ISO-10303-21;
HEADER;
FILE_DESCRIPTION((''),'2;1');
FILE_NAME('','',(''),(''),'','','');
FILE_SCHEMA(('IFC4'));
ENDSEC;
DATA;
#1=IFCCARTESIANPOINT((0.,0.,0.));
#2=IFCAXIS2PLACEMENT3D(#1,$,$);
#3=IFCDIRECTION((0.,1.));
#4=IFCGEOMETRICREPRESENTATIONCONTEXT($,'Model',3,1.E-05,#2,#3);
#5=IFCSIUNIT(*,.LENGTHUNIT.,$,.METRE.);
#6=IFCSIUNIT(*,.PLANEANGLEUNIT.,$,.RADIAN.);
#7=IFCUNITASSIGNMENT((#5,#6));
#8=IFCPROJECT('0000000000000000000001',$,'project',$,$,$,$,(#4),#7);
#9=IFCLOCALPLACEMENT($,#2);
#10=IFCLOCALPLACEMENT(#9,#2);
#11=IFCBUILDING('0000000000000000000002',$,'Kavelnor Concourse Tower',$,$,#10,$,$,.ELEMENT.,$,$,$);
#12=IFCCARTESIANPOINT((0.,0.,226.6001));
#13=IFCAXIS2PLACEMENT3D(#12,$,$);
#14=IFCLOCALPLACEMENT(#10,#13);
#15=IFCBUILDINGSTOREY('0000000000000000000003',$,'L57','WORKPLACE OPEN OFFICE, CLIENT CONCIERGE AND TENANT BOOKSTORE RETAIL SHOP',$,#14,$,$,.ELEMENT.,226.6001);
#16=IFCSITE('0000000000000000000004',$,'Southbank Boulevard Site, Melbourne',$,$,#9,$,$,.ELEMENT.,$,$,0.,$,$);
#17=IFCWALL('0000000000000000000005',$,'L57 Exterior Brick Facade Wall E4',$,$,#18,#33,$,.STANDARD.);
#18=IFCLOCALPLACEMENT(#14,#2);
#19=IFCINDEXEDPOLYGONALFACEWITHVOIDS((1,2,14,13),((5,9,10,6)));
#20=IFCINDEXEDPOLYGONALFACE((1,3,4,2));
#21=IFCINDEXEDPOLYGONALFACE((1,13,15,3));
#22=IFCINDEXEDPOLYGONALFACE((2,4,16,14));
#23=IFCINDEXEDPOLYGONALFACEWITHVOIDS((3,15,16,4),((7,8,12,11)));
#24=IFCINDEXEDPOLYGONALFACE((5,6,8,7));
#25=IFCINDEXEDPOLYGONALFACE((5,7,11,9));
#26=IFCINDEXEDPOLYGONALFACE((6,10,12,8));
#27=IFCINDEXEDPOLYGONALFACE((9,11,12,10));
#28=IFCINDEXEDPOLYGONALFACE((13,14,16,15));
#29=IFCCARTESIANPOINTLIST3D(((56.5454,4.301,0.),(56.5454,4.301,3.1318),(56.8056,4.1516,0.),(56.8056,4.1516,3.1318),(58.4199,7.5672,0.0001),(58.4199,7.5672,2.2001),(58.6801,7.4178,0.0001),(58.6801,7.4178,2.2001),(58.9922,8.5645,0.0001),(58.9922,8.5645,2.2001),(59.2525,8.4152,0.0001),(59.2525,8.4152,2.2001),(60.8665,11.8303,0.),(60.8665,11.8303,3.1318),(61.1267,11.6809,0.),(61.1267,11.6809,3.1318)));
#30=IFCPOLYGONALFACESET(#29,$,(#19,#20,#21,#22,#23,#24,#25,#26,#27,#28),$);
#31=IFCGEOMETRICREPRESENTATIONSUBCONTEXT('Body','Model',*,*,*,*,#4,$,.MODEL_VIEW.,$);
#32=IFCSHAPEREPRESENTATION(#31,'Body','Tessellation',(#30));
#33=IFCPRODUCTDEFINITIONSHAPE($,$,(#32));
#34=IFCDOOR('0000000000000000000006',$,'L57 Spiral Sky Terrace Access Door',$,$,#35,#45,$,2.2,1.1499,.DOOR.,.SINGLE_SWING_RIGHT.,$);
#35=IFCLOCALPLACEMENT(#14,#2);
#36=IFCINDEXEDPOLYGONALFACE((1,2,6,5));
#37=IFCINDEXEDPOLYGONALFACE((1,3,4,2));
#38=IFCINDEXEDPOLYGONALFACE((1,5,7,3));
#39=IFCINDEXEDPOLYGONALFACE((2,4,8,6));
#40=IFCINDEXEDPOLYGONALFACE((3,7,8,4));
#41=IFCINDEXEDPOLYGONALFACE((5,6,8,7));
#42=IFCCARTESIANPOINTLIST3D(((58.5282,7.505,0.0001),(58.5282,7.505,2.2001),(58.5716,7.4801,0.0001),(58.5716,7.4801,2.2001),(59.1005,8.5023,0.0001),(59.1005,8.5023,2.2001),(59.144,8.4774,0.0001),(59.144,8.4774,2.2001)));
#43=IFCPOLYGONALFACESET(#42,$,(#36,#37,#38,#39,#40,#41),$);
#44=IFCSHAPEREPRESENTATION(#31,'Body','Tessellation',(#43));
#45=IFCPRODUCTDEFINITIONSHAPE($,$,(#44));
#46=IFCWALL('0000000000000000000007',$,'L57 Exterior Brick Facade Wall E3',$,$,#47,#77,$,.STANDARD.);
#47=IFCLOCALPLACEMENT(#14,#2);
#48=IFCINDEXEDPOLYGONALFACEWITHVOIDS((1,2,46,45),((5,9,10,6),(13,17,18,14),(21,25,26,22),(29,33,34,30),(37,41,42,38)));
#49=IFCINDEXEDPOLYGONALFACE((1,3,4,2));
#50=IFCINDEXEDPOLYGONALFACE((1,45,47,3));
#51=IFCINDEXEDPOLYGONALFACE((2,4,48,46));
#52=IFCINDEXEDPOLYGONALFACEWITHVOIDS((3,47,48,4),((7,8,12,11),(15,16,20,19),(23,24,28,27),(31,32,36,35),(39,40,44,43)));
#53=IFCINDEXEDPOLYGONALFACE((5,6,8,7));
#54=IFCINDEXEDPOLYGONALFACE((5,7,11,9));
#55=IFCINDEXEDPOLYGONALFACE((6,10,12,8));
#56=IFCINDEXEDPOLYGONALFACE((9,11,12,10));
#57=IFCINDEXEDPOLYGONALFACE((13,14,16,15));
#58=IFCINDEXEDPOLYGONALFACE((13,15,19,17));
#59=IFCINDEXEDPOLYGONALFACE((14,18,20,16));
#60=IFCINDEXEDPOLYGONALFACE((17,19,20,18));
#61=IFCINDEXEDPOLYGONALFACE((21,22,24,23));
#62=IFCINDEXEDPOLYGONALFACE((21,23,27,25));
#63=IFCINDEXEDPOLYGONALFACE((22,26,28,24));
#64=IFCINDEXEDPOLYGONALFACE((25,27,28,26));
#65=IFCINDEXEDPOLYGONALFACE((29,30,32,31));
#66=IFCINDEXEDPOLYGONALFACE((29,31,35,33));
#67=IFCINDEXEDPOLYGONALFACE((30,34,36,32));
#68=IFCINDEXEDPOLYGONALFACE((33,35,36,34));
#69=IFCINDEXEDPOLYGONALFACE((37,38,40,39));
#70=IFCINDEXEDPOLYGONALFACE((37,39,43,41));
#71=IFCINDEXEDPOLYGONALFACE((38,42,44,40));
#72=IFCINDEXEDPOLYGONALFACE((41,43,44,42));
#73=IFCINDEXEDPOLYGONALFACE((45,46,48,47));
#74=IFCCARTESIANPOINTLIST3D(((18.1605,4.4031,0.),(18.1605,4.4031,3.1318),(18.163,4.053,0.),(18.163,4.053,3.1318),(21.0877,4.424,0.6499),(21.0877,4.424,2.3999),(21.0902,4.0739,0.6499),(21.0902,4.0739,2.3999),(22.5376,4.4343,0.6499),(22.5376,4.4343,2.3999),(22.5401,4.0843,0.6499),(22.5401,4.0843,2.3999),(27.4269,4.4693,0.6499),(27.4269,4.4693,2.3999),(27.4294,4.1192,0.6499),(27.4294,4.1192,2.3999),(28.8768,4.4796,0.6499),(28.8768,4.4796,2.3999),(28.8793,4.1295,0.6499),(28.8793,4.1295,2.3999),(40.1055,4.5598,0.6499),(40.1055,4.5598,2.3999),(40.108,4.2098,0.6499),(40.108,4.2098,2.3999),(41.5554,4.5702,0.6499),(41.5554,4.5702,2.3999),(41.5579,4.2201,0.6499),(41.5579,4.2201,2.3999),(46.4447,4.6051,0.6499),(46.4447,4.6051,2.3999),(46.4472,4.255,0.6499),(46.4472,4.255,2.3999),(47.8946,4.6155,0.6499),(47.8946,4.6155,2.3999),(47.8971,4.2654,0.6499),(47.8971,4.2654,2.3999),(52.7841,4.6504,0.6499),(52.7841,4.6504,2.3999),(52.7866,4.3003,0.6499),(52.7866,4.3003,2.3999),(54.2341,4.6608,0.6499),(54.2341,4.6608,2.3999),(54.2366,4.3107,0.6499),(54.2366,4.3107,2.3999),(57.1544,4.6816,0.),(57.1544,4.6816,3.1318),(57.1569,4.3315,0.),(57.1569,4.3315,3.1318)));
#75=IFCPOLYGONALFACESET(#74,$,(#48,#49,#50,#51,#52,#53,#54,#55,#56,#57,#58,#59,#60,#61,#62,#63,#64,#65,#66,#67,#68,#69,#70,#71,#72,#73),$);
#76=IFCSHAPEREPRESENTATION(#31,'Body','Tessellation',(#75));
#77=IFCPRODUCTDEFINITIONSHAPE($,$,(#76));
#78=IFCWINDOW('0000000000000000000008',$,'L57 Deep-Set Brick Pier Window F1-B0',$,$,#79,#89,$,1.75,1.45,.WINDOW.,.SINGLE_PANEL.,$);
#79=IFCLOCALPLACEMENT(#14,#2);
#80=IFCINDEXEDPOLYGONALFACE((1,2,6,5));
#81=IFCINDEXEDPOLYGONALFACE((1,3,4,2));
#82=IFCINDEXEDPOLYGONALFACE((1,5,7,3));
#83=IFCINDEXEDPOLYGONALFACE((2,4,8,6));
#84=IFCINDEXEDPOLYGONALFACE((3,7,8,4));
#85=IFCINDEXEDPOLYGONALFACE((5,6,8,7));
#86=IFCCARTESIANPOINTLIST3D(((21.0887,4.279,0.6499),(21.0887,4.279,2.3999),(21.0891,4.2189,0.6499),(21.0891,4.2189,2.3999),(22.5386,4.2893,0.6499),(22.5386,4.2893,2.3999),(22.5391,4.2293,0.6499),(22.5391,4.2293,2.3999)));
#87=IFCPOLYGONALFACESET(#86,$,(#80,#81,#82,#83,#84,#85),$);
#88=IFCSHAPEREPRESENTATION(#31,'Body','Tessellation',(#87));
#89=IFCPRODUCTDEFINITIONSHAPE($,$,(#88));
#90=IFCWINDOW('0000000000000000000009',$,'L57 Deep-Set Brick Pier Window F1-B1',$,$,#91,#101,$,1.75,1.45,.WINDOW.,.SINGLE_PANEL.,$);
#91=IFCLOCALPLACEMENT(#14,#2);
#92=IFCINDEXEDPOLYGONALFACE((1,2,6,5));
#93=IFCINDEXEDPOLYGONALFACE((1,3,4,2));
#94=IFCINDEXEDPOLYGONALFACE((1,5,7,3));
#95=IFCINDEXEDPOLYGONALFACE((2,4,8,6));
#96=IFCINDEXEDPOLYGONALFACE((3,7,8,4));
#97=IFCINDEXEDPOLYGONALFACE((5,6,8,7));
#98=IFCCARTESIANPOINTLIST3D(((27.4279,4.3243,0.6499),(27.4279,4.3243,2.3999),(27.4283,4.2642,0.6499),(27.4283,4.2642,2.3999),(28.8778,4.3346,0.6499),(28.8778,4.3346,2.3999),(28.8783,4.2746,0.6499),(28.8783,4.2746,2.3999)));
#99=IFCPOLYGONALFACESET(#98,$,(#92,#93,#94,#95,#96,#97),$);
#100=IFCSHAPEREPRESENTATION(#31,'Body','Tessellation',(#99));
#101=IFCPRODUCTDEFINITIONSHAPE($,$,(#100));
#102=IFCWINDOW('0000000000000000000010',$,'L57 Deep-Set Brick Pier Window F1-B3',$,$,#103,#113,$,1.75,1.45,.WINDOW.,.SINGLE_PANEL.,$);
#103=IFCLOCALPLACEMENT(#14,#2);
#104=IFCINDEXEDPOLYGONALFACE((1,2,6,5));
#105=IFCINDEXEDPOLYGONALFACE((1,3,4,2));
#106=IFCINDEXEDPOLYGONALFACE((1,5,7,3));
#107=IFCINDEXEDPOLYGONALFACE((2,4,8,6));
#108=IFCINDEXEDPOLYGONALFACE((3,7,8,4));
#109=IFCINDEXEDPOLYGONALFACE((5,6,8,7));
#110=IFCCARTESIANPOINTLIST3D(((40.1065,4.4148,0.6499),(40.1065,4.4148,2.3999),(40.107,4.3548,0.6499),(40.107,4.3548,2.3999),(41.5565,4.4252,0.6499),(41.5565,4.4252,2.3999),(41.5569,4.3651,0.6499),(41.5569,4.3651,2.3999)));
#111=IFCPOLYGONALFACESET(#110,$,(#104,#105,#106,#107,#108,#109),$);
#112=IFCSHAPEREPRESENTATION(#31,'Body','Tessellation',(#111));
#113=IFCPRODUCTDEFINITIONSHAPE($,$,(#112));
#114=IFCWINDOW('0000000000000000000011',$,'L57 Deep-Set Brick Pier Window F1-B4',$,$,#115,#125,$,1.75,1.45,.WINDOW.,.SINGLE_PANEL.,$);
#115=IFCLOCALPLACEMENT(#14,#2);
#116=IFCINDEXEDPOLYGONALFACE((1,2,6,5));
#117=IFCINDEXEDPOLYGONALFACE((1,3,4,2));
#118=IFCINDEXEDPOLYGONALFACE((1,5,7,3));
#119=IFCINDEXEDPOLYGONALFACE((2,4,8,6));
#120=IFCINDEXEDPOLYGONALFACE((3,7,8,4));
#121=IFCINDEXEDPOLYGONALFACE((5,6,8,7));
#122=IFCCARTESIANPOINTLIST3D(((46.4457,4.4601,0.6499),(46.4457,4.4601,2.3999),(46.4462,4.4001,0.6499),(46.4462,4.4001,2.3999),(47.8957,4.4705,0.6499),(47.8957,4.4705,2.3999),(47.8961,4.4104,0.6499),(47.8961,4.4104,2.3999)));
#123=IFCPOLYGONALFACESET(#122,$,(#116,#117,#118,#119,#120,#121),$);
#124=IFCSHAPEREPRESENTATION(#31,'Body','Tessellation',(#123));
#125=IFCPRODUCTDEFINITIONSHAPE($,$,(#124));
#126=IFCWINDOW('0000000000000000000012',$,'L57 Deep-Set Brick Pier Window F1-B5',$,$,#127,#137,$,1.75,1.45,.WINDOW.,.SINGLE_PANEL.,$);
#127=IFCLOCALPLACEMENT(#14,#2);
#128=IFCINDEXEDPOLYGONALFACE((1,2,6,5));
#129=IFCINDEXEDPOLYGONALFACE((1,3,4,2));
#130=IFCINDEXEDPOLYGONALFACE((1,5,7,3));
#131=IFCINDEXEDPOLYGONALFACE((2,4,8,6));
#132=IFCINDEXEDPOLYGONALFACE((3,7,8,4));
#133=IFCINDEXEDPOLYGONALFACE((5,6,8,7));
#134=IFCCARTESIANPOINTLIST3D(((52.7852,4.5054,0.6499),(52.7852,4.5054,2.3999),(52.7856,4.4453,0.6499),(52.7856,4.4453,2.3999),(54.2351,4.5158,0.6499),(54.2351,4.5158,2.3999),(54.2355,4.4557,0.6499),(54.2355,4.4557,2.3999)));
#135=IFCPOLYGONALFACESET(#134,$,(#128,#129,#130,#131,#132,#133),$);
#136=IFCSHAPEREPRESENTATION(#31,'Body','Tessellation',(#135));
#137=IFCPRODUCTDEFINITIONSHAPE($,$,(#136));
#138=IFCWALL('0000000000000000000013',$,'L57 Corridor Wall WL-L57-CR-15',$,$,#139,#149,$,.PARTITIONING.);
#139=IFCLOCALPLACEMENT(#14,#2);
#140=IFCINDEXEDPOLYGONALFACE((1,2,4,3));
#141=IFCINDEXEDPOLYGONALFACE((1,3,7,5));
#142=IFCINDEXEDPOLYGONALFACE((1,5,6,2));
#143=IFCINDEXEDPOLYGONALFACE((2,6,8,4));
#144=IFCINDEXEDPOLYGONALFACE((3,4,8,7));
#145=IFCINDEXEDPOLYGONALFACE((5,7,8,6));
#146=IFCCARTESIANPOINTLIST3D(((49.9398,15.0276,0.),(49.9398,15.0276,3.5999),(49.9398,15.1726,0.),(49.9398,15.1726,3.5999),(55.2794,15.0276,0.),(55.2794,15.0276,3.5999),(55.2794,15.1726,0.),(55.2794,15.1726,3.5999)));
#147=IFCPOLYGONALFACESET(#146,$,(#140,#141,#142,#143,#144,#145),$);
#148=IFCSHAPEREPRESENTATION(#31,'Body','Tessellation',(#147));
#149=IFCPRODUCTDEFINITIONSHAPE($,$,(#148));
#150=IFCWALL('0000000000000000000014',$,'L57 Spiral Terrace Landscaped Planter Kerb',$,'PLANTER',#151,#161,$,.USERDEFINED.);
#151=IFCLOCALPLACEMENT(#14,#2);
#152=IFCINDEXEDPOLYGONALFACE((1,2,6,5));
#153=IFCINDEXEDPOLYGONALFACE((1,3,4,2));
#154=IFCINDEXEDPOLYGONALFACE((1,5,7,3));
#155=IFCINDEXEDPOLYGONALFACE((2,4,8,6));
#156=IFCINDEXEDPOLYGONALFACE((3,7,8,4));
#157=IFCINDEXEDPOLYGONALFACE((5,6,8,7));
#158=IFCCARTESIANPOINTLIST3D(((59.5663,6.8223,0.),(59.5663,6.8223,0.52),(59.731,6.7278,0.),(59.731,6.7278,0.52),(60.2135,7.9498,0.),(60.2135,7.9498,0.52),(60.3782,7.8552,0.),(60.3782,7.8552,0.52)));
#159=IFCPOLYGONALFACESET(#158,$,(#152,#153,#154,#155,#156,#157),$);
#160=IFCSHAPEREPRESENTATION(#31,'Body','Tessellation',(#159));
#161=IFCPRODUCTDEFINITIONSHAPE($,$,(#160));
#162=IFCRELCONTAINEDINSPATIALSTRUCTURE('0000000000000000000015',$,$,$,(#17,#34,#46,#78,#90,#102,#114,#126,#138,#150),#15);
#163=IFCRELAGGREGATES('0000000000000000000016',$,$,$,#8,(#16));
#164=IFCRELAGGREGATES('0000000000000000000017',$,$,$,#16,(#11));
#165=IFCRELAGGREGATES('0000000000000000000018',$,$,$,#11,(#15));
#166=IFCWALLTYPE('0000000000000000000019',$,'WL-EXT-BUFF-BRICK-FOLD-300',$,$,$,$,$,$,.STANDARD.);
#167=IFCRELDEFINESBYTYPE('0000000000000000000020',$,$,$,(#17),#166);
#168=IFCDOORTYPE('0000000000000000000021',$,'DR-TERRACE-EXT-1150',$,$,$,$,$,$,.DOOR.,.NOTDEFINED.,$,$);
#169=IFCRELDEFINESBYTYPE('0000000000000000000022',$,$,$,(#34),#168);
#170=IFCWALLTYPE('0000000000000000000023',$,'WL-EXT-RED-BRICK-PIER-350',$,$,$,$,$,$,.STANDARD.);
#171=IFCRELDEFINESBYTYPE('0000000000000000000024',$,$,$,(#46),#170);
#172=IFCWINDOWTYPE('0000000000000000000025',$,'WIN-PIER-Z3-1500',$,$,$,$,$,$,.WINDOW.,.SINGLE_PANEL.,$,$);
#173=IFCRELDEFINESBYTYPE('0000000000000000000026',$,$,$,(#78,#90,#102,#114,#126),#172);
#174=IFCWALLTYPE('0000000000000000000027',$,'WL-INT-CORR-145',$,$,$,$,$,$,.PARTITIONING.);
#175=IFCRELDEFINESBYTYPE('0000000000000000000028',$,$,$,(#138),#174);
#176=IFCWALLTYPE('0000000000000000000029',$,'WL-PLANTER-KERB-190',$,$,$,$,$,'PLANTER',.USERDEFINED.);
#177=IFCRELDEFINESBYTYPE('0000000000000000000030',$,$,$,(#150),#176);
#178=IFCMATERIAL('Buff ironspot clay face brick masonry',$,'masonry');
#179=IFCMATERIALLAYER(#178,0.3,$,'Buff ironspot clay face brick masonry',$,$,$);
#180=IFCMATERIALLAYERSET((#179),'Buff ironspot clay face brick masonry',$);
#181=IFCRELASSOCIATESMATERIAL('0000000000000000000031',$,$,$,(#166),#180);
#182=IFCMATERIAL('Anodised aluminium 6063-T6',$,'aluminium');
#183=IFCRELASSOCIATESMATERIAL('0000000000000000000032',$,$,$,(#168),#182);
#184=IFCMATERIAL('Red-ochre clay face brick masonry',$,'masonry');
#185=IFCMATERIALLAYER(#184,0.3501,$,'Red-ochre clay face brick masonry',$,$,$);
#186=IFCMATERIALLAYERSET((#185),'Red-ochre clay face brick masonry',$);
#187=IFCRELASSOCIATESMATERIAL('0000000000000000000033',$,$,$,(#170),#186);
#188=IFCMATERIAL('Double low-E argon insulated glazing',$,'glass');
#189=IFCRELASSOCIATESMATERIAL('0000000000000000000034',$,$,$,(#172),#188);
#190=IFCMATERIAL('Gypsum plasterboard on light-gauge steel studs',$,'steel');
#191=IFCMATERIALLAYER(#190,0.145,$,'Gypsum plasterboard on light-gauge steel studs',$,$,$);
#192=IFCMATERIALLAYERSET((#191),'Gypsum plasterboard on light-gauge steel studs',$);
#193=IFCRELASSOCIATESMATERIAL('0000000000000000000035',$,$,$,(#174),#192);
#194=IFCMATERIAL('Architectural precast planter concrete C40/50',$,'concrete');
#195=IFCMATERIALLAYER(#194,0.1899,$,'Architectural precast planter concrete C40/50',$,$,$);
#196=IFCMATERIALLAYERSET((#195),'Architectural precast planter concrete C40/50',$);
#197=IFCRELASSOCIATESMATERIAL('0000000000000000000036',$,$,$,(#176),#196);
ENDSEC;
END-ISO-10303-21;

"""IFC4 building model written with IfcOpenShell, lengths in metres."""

from ifc_helpers import new_model, si_unit, direction, frame, frame_2d, origin, place, context, subcontext, project, spatial, rectangle, extrude, material, layer, layer_set, type_object, element, fill, save


model = new_model("IFC4")

# Units and contexts
model_context = context("Model", 3, precision=1e-05, world=origin(), true_north=direction((0.0, 1.0)))
body_context = subcontext(model_context, "Body", "Model", "MODEL_VIEW")
ifc_project = project(units=[si_unit("LENGTHUNIT", "METRE"), si_unit("PLANEANGLEUNIT", "RADIAN")], contexts=[model_context])

# Site, building, storey
site_placement = place(None, origin())
site = spatial("IfcSite", under=ifc_project, at=site_placement, Name="Southbank Boulevard Site, Melbourne", CompositionType="ELEMENT", RefElevation=0.0)
building_placement = place(site_placement, origin())
building = spatial("IfcBuilding", under=site, at=building_placement, Name="Kavelnor Concourse Tower", CompositionType="ELEMENT")
storey_placement = place(building_placement, frame((0.0, 0.0, 226.6001)))
storey = spatial("IfcBuildingStorey", under=building, at=storey_placement, Name="L57", Description="WORKPLACE OPEN OFFICE, CLIENT CONCIERGE AND TENANT BOOKSTORE RETAIL SHOP", CompositionType="ELEMENT", Elevation=226.6001)

# Wall, opening, door
ifc_material_1 = material(Name="Buff ironspot clay face brick masonry", Category="masonry")
ifc_layer_1 = layer(ifc_material_1, 0.3, Name="Buff ironspot clay face brick masonry")
ifc_layer_set_1 = layer_set([ifc_layer_1], Name="Buff ironspot clay face brick masonry")
wall_type_1 = type_object("IfcWallType", Name="WL-EXT-BUFF-BRICK-FOLD-300", PredefinedType="STANDARD", material=ifc_layer_set_1)
wall_1_placement = place(storey_placement, frame((60.9966, 11.7556, 0.0), z_axis=(0.0, 0.0, 1.0), x_axis=(-0.497752, -0.867319, 0.0)))
wall_1 = element("IfcWall", 1, at=wall_1_placement, inside=storey, type_object=wall_type_1, Name="L57 Exterior Brick Facade Wall E4", PredefinedType="STANDARD", context=body_context, shape_type="SweptSolid", body=[
    extrude(rectangle(XDim=8.6812, YDim=0.3, at=frame_2d((4.3406, 0.0))), origin(), (0.0, 0.0, 1.0), 3.1318),
])
opening_1_placement = place(wall_1_placement, frame((3.7654, 0.0, 0.0)))
opening_1 = element("IfcOpeningElement", 2, at=opening_1_placement, cuts=wall_1, PredefinedType="OPENING", context=body_context, shape_type="SweptSolid", body=[
    extrude(rectangle(XDim=1.1499, YDim=2.2, at=frame_2d((0.575, 1.1001))), frame((0.0, 0.1602, 0.0), z_axis=(0.0, -1.0, 0.0), x_axis=(1.0, 0.0, 0.0)), (0.0, 0.0, 1.0), 0.3201),
])
ifc_material_2 = material(Name="Anodised aluminium 6063-T6", Category="aluminium")
door_type = type_object("IfcDoorType", Name="DR-TERRACE-EXT-1150", OperationType="NOTDEFINED", PredefinedType="DOOR", material=ifc_material_2)
door_placement = place(opening_1_placement, origin())
door = element("IfcDoor", 3, at=door_placement, inside=storey, type_object=door_type, Name="L57 Spiral Sky Terrace Access Door", OperationType="SINGLE_SWING_RIGHT", OverallHeight=2.2, OverallWidth=1.1499, PredefinedType="DOOR", context=body_context, shape_type="SweptSolid", body=[
    extrude(rectangle(XDim=1.1499, YDim=2.2, at=frame_2d((0.575, 1.1001))), frame((0.0, 0.0249, 0.0), z_axis=(0.0, -1.0, 0.0), x_axis=(1.0, 0.0, 0.0)), (0.0, 0.0, 1.0), 0.05),
])
fill(opening_1, door)

# Wall, openings, windows
ifc_material_3 = material(Name="Red-ochre clay face brick masonry", Category="masonry")
ifc_layer_2 = layer(ifc_material_3, 0.3501, Name="Red-ochre clay face brick masonry")
ifc_layer_set_2 = layer_set([ifc_layer_2], Name="Red-ochre clay face brick masonry")
wall_type_2 = type_object("IfcWallType", Name="WL-EXT-RED-BRICK-PIER-350", PredefinedType="STANDARD", material=ifc_layer_set_2)
wall_2_placement = place(storey_placement, frame((57.1558, 4.5066, 0.0), z_axis=(0.0, 0.0, 1.0), x_axis=(-0.999974, -0.007144, 0.0)))
wall_2 = element("IfcWall", 4, at=wall_2_placement, inside=storey, type_object=wall_type_2, Name="L57 Exterior Brick Facade Wall E3", PredefinedType="STANDARD", context=body_context, shape_type="SweptSolid", body=[
    extrude(rectangle(XDim=38.9949, YDim=0.3501, at=frame_2d((19.4976, 0.0))), origin(), (0.0, 0.0, 1.0), 3.1318),
])
opening_2_placement = place(wall_2_placement, frame((34.6177, 0.0, 0.6499)))
opening_2 = element("IfcOpeningElement", 5, at=opening_2_placement, cuts=wall_2, PredefinedType="OPENING", context=body_context, shape_type="SweptSolid", body=[
    extrude(rectangle(XDim=1.45, YDim=1.75, at=frame_2d((0.7251, 0.875))), frame((0.0, 0.1851, 0.0), z_axis=(0.0, -1.0, 0.0), x_axis=(1.0, 0.0, 0.0)), (0.0, 0.0, 1.0), 0.3701),
])
opening_3_placement = place(wall_2_placement, frame((28.2783, 0.0, 0.6499)))
opening_3 = element("IfcOpeningElement", 6, at=opening_3_placement, cuts=wall_2, PredefinedType="OPENING", context=body_context, shape_type="SweptSolid", body=[
    extrude(rectangle(XDim=1.45, YDim=1.75, at=frame_2d((0.7251, 0.875))), frame((0.0, 0.1851, 0.0), z_axis=(0.0, -1.0, 0.0), x_axis=(1.0, 0.0, 0.0)), (0.0, 0.0, 1.0), 0.3701),
])
opening_4_placement = place(wall_2_placement, frame((15.5994, 0.0, 0.6499)))
opening_4 = element("IfcOpeningElement", 7, at=opening_4_placement, cuts=wall_2, PredefinedType="OPENING", context=body_context, shape_type="SweptSolid", body=[
    extrude(rectangle(XDim=1.45, YDim=1.75, at=frame_2d((0.7251, 0.875))), frame((0.0, 0.1851, 0.0), z_axis=(0.0, -1.0, 0.0), x_axis=(1.0, 0.0, 0.0)), (0.0, 0.0, 1.0), 0.3701),
])
opening_5_placement = place(wall_2_placement, frame((9.26, 0.0, 0.6499)))
opening_5 = element("IfcOpeningElement", 8, at=opening_5_placement, cuts=wall_2, PredefinedType="OPENING", context=body_context, shape_type="SweptSolid", body=[
    extrude(rectangle(XDim=1.45, YDim=1.75, at=frame_2d((0.7251, 0.875))), frame((0.0, 0.1851, 0.0), z_axis=(0.0, -1.0, 0.0), x_axis=(1.0, 0.0, 0.0)), (0.0, 0.0, 1.0), 0.3701),
])
opening_6_placement = place(wall_2_placement, frame((2.9204, 0.0, 0.6499)))
opening_6 = element("IfcOpeningElement", 9, at=opening_6_placement, cuts=wall_2, PredefinedType="OPENING", context=body_context, shape_type="SweptSolid", body=[
    extrude(rectangle(XDim=1.45, YDim=1.75, at=frame_2d((0.7251, 0.875))), frame((0.0, 0.1851, 0.0), z_axis=(0.0, -1.0, 0.0), x_axis=(1.0, 0.0, 0.0)), (0.0, 0.0, 1.0), 0.3701),
])
ifc_material_4 = material(Name="Double low-E argon insulated glazing", Category="glass")
window_type = type_object("IfcWindowType", Name="WIN-PIER-Z3-1500", PartitioningType="SINGLE_PANEL", PredefinedType="WINDOW", material=ifc_material_4)
window_1_placement = place(opening_2_placement, origin())
window_1 = element("IfcWindow", 10, at=window_1_placement, inside=storey, type_object=window_type, Name="L57 Deep-Set Brick Pier Window F1-B0", OverallHeight=1.75, OverallWidth=1.45, PartitioningType="SINGLE_PANEL", PredefinedType="WINDOW", context=body_context, shape_type="SweptSolid", body=[
    extrude(rectangle(XDim=1.45, YDim=1.75, at=frame_2d((0.7251, 0.875))), frame((0.0, 0.03, 0.0), z_axis=(0.0, -1.0, 0.0), x_axis=(1.0, 0.0, 0.0)), (0.0, 0.0, 1.0), 0.0601),
])
fill(opening_2, window_1)
window_2_placement = place(opening_3_placement, origin())
window_2 = element("IfcWindow", 11, at=window_2_placement, inside=storey, type_object=window_type, Name="L57 Deep-Set Brick Pier Window F1-B1", OverallHeight=1.75, OverallWidth=1.45, PartitioningType="SINGLE_PANEL", PredefinedType="WINDOW", context=body_context, shape_type="SweptSolid", body=[
    extrude(rectangle(XDim=1.45, YDim=1.75, at=frame_2d((0.7251, 0.875))), frame((0.0, 0.03, 0.0), z_axis=(0.0, -1.0, 0.0), x_axis=(1.0, 0.0, 0.0)), (0.0, 0.0, 1.0), 0.0601),
])
fill(opening_3, window_2)
window_3_placement = place(opening_4_placement, origin())
window_3 = element("IfcWindow", 12, at=window_3_placement, inside=storey, type_object=window_type, Name="L57 Deep-Set Brick Pier Window F1-B3", OverallHeight=1.75, OverallWidth=1.45, PartitioningType="SINGLE_PANEL", PredefinedType="WINDOW", context=body_context, shape_type="SweptSolid", body=[
    extrude(rectangle(XDim=1.45, YDim=1.75, at=frame_2d((0.7251, 0.875))), frame((0.0, 0.03, 0.0), z_axis=(0.0, -1.0, 0.0), x_axis=(1.0, 0.0, 0.0)), (0.0, 0.0, 1.0), 0.0601),
])
fill(opening_4, window_3)
window_4_placement = place(opening_5_placement, origin())
window_4 = element("IfcWindow", 13, at=window_4_placement, inside=storey, type_object=window_type, Name="L57 Deep-Set Brick Pier Window F1-B4", OverallHeight=1.75, OverallWidth=1.45, PartitioningType="SINGLE_PANEL", PredefinedType="WINDOW", context=body_context, shape_type="SweptSolid", body=[
    extrude(rectangle(XDim=1.45, YDim=1.75, at=frame_2d((0.7251, 0.875))), frame((0.0, 0.03, 0.0), z_axis=(0.0, -1.0, 0.0), x_axis=(1.0, 0.0, 0.0)), (0.0, 0.0, 1.0), 0.0601),
])
fill(opening_5, window_4)
window_5_placement = place(opening_6_placement, origin())
window_5 = element("IfcWindow", 14, at=window_5_placement, inside=storey, type_object=window_type, Name="L57 Deep-Set Brick Pier Window F1-B5", OverallHeight=1.75, OverallWidth=1.45, PartitioningType="SINGLE_PANEL", PredefinedType="WINDOW", context=body_context, shape_type="SweptSolid", body=[
    extrude(rectangle(XDim=1.45, YDim=1.75, at=frame_2d((0.7251, 0.875))), frame((0.0, 0.03, 0.0), z_axis=(0.0, -1.0, 0.0), x_axis=(1.0, 0.0, 0.0)), (0.0, 0.0, 1.0), 0.0601),
])
fill(opening_6, window_5)

# Walls
ifc_material_5 = material(Name="Gypsum plasterboard on light-gauge steel studs", Category="steel")
ifc_layer_3 = layer(ifc_material_5, 0.145, Name="Gypsum plasterboard on light-gauge steel studs")
ifc_layer_set_3 = layer_set([ifc_layer_3], Name="Gypsum plasterboard on light-gauge steel studs")
wall_type_3 = type_object("IfcWallType", Name="WL-INT-CORR-145", PredefinedType="PARTITIONING", material=ifc_layer_set_3)
wall_3_placement = place(storey_placement, frame((55.2795, 15.1001, 0.0), z_axis=(0.0, 0.0, 1.0), x_axis=(-1.0, 0.0, 0.0)))
element("IfcWall", 15, at=wall_3_placement, inside=storey, type_object=wall_type_3, Name="L57 Corridor Wall WL-L57-CR-15", PredefinedType="PARTITIONING", context=body_context, shape_type="SweptSolid", body=[
    extrude(rectangle(XDim=5.3396, YDim=0.145, at=frame_2d((2.6699, 0.0))), origin(), (0.0, 0.0, 1.0), 3.5999),
])
ifc_material_6 = material(Name="Architectural precast planter concrete C40/50", Category="concrete")
ifc_layer_4 = layer(ifc_material_6, 0.1899, Name="Architectural precast planter concrete C40/50")
ifc_layer_set_4 = layer_set([ifc_layer_4], Name="Architectural precast planter concrete C40/50")
wall_type_4 = type_object("IfcWallType", Name="WL-PLANTER-KERB-190", ElementType="PLANTER", PredefinedType="USERDEFINED", material=ifc_layer_set_4)
wall_4_placement = place(storey_placement, frame((59.6487, 6.7751, 0.0), z_axis=(0.0, 0.0, 1.0), x_axis=(0.497857, 0.867259, 0.0)))
element("IfcWall", 16, at=wall_4_placement, inside=storey, type_object=wall_type_4, Name="L57 Spiral Terrace Landscaped Planter Kerb", ObjectType="PLANTER", PredefinedType="USERDEFINED", context=body_context, shape_type="SweptSolid", body=[
    extrude(rectangle(XDim=1.3, YDim=0.1899, at=frame_2d((0.6499, 0.0))), origin(), (0.0, 0.0, 1.0), 0.52),
])

save(model, "model.ifc")
